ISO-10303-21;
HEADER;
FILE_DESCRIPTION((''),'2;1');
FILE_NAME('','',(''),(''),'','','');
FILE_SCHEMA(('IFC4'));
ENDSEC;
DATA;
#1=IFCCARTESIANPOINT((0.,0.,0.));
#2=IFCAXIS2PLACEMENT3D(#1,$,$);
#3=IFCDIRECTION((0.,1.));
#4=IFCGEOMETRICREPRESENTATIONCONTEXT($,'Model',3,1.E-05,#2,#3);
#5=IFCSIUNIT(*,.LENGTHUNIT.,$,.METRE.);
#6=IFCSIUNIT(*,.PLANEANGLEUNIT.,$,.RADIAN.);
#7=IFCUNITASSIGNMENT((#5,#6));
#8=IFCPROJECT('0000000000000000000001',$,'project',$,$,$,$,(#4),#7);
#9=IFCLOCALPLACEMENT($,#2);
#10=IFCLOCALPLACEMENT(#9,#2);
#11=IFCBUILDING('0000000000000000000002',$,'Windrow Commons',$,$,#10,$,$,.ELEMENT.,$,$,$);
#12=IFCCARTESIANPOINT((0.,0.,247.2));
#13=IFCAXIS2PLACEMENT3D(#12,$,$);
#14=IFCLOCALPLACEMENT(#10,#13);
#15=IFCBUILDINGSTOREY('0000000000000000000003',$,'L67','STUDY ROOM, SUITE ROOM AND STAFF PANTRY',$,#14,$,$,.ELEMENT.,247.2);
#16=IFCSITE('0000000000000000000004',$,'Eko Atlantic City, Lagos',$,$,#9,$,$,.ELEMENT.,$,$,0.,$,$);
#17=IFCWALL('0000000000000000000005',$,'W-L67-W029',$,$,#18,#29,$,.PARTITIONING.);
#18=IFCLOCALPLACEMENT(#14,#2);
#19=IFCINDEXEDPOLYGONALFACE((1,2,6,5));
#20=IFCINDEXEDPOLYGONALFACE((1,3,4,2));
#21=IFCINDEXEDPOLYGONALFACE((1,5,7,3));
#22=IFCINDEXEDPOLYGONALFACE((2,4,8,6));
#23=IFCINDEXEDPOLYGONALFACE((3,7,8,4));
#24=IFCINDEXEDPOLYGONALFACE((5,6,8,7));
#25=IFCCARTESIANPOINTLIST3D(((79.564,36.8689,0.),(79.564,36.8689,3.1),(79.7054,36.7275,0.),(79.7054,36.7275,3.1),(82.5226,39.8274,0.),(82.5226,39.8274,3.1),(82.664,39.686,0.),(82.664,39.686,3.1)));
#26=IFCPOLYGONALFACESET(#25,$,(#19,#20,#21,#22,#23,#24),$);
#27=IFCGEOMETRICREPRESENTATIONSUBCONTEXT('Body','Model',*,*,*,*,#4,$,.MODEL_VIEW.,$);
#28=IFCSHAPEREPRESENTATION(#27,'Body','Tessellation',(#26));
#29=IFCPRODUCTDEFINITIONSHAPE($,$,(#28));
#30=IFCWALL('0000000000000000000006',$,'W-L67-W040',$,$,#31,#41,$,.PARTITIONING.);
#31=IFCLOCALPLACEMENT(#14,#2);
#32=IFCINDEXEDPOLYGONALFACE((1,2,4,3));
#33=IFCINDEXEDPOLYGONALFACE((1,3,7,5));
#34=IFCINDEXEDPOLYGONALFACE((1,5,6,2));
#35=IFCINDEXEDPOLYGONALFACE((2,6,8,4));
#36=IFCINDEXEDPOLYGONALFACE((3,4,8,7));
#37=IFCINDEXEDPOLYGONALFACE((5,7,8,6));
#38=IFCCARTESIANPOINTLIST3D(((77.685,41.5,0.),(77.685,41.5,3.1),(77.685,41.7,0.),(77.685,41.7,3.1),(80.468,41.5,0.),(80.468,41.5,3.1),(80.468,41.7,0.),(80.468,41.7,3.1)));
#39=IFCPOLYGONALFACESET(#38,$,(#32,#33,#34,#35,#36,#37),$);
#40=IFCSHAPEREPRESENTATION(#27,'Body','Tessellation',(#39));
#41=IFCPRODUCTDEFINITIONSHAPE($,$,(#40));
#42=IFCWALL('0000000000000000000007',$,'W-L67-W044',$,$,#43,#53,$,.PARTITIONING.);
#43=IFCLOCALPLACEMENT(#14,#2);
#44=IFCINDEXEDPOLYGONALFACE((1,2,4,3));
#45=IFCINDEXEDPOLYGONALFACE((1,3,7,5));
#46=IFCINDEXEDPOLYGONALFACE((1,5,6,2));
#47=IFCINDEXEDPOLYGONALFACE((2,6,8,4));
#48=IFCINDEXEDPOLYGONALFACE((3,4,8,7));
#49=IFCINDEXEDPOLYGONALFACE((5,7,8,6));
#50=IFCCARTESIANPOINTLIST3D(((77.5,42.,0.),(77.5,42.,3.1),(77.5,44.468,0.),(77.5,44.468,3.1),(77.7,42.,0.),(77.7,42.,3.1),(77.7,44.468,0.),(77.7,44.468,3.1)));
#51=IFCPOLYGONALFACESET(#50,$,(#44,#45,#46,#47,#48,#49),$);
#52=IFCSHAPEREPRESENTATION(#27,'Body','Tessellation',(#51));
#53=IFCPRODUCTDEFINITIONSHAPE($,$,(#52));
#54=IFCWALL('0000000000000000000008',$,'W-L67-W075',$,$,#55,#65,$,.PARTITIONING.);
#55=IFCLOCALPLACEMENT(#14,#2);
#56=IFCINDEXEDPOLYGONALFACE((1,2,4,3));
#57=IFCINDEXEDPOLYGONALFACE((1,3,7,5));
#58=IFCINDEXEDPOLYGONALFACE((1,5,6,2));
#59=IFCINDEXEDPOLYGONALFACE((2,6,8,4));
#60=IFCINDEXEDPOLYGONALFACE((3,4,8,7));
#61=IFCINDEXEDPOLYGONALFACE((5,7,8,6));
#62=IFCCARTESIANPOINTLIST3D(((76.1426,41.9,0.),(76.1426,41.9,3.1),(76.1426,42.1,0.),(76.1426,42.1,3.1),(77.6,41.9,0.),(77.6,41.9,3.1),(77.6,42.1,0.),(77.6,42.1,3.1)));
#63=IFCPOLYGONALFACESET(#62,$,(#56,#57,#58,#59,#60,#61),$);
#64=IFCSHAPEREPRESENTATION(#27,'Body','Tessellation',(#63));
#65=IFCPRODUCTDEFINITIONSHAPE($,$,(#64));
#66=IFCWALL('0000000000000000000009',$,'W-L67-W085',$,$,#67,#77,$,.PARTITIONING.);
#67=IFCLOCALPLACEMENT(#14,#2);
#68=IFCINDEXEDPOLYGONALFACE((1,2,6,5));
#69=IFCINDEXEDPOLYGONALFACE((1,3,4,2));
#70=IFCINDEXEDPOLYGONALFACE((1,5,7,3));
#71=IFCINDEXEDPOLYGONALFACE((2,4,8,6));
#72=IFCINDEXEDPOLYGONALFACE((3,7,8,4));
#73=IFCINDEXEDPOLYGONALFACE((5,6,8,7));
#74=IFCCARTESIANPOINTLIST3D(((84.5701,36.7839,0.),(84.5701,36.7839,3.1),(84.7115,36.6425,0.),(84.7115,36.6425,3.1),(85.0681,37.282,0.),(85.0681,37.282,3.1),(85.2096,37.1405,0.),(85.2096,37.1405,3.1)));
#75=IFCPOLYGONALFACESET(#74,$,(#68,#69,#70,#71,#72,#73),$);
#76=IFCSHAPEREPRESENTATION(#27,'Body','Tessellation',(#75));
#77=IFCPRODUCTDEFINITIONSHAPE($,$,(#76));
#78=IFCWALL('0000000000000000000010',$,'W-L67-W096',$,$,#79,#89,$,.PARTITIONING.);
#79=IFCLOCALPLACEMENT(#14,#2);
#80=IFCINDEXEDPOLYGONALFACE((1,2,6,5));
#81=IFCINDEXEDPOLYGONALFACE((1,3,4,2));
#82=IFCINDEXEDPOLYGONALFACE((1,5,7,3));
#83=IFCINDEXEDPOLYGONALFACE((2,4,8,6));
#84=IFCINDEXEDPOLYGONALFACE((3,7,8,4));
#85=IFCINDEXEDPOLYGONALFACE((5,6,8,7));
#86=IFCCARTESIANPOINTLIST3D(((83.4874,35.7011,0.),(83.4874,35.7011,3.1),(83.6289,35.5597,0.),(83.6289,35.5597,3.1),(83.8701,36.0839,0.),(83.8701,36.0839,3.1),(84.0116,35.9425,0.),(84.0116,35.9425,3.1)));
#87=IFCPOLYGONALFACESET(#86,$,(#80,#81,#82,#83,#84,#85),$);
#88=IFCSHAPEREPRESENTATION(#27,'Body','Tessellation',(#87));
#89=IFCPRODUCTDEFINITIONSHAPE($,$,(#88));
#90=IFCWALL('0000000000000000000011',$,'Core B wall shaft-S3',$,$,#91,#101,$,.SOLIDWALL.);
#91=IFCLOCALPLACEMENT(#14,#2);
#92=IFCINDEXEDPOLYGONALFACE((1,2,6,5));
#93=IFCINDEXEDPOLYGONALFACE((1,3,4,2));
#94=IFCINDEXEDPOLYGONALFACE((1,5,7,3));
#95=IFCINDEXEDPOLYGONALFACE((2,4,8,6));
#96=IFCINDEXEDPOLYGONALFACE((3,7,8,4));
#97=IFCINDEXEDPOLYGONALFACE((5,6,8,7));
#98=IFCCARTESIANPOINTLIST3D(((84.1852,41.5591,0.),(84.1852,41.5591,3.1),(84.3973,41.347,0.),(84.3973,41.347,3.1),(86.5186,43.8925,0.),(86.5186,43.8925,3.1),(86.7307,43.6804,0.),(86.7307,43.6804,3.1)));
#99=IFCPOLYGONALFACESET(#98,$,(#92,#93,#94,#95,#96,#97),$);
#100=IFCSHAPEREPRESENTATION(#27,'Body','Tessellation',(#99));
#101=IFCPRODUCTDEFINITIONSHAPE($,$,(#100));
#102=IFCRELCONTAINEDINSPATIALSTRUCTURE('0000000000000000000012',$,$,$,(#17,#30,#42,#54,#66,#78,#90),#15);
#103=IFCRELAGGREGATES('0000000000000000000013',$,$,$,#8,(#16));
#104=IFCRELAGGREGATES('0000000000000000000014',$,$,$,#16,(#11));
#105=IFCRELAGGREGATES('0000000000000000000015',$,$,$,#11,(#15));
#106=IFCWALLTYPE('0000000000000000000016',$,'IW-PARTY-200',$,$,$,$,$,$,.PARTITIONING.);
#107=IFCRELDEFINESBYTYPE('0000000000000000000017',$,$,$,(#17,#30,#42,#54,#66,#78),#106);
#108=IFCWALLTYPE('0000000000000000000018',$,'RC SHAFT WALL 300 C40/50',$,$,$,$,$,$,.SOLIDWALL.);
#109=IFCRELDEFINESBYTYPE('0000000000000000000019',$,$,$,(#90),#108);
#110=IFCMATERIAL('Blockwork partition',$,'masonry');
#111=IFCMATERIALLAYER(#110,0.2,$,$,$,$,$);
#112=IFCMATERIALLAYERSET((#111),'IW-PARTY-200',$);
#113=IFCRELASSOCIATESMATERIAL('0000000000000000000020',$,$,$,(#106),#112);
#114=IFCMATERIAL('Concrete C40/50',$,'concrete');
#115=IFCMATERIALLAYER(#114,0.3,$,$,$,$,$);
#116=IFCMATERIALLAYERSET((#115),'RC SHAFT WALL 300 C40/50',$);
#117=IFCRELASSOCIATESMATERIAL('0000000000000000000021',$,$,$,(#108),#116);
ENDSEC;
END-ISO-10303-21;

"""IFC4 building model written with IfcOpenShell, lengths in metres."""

from ifc_helpers import new_model, si_unit, direction, frame, frame_2d, origin, place, context, subcontext, project, spatial, rectangle, extrude, material, layer, layer_set, type_object, element, save


model = new_model("IFC4")

# Units and contexts
model_context = context("Model", 3, precision=1e-05, world=origin(), true_north=direction((0.0, 1.0)))
body_context = subcontext(model_context, "Body", "Model", "MODEL_VIEW")
ifc_project = project(units=[si_unit("LENGTHUNIT", "METRE"), si_unit("PLANEANGLEUNIT", "RADIAN")], contexts=[model_context])

# Site, building, storey
site_placement = place(None, origin())
site = spatial("IfcSite", under=ifc_project, at=site_placement, Name="Eko Atlantic City, Lagos", CompositionType="ELEMENT", RefElevation=0.0)
building_placement = place(site_placement, origin())
building = spatial("IfcBuilding", under=site, at=building_placement, Name="Windrow Commons", CompositionType="ELEMENT")
storey_placement = place(building_placement, frame((0.0, 0.0, 247.2)))
storey = spatial("IfcBuildingStorey", under=building, at=storey_placement, Name="L67", Description="STUDY ROOM, SUITE ROOM AND STAFF PANTRY", CompositionType="ELEMENT", Elevation=247.2)

# Walls
ifc_material_1 = material(Name="Blockwork partition", Category="masonry")
ifc_layer_1 = layer(ifc_material_1, 0.2)
ifc_layer_set_1 = layer_set([ifc_layer_1], Name="IW-PARTY-200")
wall_type_1 = type_object("IfcWallType", Name="IW-PARTY-200", PredefinedType="PARTITIONING", material=ifc_layer_set_1)
wall_1_placement = place(storey_placement, frame((79.6347, 36.7982, 0.0), z_axis=(0.0, 0.0, 1.0), x_axis=(0.707119, 0.707095, 0.0)))
element("IfcWall", 1, at=wall_1_placement, inside=storey, type_object=wall_type_1, Name="W-L67-W029", PredefinedType="PARTITIONING", context=body_context, shape_type="SweptSolid", body=[
    extrude(rectangle(XDim=4.184, YDim=0.2, at=frame_2d((2.092, 0.0))), origin(), (0.0, 0.0, 1.0), 3.1),
])
wall_2_placement = place(storey_placement, frame((77.6849, 41.6, 0.0), z_axis=(0.0, 0.0, 1.0), x_axis=(1.0, 0.0, 0.0)))
element("IfcWall", 2, at=wall_2_placement, inside=storey, type_object=wall_type_1, Name="W-L67-W040", PredefinedType="PARTITIONING", context=body_context, shape_type="SweptSolid", body=[
    extrude(rectangle(XDim=2.7831, YDim=0.2, at=frame_2d((1.3916, 0.0))), origin(), (0.0, 0.0, 1.0), 3.1),
])
wall_3_placement = place(storey_placement, frame((77.6, 42.0, 0.0), z_axis=(0.0, 0.0, 1.0), x_axis=(0.0, 1.0, 0.0)))
element("IfcWall", 3, at=wall_3_placement, inside=storey, type_object=wall_type_1, Name="W-L67-W044", PredefinedType="PARTITIONING", context=body_context, shape_type="SweptSolid", body=[
    extrude(rectangle(XDim=2.468, YDim=0.2, at=frame_2d((1.234, 0.0))), origin(), (0.0, 0.0, 1.0), 3.1),
])
wall_4_placement = place(storey_placement, frame((76.1426, 42.0, 0.0), z_axis=(0.0, 0.0, 1.0), x_axis=(1.0, 0.0, 0.0)))
element("IfcWall", 4, at=wall_4_placement, inside=storey, type_object=wall_type_1, Name="W-L67-W075", PredefinedType="PARTITIONING", context=body_context, shape_type="SweptSolid", body=[
    extrude(rectangle(XDim=1.4574, YDim=0.2, at=frame_2d((0.7287, 0.0))), origin(), (0.0, 0.0, 1.0), 3.1),
])
wall_5_placement = place(storey_placement, frame((84.6408, 36.7132, 0.0), z_axis=(0.0, 0.0, 1.0), x_axis=(0.707107, 0.707107, 0.0)))
element("IfcWall", 5, at=wall_5_placement, inside=storey, type_object=wall_type_1, Name="W-L67-W085", PredefinedType="PARTITIONING", context=body_context, shape_type="SweptSolid", body=[
    extrude(rectangle(XDim=0.7043, YDim=0.2, at=frame_2d((0.3522, 0.0))), origin(), (0.0, 0.0, 1.0), 3.1),
])
wall_6_placement = place(storey_placement, frame((83.5581, 35.6304, 0.0), z_axis=(0.0, 0.0, 1.0), x_axis=(0.707014, 0.707199, 0.0)))
element("IfcWall", 6, at=wall_6_placement, inside=storey, type_object=wall_type_1, Name="W-L67-W096", PredefinedType="PARTITIONING", context=body_context, shape_type="SweptSolid", body=[
    extrude(rectangle(XDim=0.5413, YDim=0.2, at=frame_2d((0.2707, 0.0))), origin(), (0.0, 0.0, 1.0), 3.1),
])
ifc_material_2 = material(Name="Concrete C40/50", Category="concrete")
ifc_layer_2 = layer(ifc_material_2, 0.3)
ifc_layer_set_2 = layer_set([ifc_layer_2], Name="RC SHAFT WALL 300 C40/50")
wall_type_2 = type_object("IfcWallType", Name="RC SHAFT WALL 300 C40/50", PredefinedType="SOLIDWALL", material=ifc_layer_set_2)
wall_7_placement = place(storey_placement, frame((84.2912, 41.453, 0.0), z_axis=(0.0, 0.0, 1.0), x_axis=(0.707107, 0.707107, 0.0)))
element("IfcWall", 7, at=wall_7_placement, inside=storey, type_object=wall_type_2, Name="Core B wall shaft-S3", PredefinedType="SOLIDWALL", context=body_context, shape_type="SweptSolid", body=[
    extrude(rectangle(XDim=3.2999, YDim=0.3, at=frame_2d((1.65, 0.0))), origin(), (0.0, 0.0, 1.0), 3.1),
])

save(model, "model.ifc")
